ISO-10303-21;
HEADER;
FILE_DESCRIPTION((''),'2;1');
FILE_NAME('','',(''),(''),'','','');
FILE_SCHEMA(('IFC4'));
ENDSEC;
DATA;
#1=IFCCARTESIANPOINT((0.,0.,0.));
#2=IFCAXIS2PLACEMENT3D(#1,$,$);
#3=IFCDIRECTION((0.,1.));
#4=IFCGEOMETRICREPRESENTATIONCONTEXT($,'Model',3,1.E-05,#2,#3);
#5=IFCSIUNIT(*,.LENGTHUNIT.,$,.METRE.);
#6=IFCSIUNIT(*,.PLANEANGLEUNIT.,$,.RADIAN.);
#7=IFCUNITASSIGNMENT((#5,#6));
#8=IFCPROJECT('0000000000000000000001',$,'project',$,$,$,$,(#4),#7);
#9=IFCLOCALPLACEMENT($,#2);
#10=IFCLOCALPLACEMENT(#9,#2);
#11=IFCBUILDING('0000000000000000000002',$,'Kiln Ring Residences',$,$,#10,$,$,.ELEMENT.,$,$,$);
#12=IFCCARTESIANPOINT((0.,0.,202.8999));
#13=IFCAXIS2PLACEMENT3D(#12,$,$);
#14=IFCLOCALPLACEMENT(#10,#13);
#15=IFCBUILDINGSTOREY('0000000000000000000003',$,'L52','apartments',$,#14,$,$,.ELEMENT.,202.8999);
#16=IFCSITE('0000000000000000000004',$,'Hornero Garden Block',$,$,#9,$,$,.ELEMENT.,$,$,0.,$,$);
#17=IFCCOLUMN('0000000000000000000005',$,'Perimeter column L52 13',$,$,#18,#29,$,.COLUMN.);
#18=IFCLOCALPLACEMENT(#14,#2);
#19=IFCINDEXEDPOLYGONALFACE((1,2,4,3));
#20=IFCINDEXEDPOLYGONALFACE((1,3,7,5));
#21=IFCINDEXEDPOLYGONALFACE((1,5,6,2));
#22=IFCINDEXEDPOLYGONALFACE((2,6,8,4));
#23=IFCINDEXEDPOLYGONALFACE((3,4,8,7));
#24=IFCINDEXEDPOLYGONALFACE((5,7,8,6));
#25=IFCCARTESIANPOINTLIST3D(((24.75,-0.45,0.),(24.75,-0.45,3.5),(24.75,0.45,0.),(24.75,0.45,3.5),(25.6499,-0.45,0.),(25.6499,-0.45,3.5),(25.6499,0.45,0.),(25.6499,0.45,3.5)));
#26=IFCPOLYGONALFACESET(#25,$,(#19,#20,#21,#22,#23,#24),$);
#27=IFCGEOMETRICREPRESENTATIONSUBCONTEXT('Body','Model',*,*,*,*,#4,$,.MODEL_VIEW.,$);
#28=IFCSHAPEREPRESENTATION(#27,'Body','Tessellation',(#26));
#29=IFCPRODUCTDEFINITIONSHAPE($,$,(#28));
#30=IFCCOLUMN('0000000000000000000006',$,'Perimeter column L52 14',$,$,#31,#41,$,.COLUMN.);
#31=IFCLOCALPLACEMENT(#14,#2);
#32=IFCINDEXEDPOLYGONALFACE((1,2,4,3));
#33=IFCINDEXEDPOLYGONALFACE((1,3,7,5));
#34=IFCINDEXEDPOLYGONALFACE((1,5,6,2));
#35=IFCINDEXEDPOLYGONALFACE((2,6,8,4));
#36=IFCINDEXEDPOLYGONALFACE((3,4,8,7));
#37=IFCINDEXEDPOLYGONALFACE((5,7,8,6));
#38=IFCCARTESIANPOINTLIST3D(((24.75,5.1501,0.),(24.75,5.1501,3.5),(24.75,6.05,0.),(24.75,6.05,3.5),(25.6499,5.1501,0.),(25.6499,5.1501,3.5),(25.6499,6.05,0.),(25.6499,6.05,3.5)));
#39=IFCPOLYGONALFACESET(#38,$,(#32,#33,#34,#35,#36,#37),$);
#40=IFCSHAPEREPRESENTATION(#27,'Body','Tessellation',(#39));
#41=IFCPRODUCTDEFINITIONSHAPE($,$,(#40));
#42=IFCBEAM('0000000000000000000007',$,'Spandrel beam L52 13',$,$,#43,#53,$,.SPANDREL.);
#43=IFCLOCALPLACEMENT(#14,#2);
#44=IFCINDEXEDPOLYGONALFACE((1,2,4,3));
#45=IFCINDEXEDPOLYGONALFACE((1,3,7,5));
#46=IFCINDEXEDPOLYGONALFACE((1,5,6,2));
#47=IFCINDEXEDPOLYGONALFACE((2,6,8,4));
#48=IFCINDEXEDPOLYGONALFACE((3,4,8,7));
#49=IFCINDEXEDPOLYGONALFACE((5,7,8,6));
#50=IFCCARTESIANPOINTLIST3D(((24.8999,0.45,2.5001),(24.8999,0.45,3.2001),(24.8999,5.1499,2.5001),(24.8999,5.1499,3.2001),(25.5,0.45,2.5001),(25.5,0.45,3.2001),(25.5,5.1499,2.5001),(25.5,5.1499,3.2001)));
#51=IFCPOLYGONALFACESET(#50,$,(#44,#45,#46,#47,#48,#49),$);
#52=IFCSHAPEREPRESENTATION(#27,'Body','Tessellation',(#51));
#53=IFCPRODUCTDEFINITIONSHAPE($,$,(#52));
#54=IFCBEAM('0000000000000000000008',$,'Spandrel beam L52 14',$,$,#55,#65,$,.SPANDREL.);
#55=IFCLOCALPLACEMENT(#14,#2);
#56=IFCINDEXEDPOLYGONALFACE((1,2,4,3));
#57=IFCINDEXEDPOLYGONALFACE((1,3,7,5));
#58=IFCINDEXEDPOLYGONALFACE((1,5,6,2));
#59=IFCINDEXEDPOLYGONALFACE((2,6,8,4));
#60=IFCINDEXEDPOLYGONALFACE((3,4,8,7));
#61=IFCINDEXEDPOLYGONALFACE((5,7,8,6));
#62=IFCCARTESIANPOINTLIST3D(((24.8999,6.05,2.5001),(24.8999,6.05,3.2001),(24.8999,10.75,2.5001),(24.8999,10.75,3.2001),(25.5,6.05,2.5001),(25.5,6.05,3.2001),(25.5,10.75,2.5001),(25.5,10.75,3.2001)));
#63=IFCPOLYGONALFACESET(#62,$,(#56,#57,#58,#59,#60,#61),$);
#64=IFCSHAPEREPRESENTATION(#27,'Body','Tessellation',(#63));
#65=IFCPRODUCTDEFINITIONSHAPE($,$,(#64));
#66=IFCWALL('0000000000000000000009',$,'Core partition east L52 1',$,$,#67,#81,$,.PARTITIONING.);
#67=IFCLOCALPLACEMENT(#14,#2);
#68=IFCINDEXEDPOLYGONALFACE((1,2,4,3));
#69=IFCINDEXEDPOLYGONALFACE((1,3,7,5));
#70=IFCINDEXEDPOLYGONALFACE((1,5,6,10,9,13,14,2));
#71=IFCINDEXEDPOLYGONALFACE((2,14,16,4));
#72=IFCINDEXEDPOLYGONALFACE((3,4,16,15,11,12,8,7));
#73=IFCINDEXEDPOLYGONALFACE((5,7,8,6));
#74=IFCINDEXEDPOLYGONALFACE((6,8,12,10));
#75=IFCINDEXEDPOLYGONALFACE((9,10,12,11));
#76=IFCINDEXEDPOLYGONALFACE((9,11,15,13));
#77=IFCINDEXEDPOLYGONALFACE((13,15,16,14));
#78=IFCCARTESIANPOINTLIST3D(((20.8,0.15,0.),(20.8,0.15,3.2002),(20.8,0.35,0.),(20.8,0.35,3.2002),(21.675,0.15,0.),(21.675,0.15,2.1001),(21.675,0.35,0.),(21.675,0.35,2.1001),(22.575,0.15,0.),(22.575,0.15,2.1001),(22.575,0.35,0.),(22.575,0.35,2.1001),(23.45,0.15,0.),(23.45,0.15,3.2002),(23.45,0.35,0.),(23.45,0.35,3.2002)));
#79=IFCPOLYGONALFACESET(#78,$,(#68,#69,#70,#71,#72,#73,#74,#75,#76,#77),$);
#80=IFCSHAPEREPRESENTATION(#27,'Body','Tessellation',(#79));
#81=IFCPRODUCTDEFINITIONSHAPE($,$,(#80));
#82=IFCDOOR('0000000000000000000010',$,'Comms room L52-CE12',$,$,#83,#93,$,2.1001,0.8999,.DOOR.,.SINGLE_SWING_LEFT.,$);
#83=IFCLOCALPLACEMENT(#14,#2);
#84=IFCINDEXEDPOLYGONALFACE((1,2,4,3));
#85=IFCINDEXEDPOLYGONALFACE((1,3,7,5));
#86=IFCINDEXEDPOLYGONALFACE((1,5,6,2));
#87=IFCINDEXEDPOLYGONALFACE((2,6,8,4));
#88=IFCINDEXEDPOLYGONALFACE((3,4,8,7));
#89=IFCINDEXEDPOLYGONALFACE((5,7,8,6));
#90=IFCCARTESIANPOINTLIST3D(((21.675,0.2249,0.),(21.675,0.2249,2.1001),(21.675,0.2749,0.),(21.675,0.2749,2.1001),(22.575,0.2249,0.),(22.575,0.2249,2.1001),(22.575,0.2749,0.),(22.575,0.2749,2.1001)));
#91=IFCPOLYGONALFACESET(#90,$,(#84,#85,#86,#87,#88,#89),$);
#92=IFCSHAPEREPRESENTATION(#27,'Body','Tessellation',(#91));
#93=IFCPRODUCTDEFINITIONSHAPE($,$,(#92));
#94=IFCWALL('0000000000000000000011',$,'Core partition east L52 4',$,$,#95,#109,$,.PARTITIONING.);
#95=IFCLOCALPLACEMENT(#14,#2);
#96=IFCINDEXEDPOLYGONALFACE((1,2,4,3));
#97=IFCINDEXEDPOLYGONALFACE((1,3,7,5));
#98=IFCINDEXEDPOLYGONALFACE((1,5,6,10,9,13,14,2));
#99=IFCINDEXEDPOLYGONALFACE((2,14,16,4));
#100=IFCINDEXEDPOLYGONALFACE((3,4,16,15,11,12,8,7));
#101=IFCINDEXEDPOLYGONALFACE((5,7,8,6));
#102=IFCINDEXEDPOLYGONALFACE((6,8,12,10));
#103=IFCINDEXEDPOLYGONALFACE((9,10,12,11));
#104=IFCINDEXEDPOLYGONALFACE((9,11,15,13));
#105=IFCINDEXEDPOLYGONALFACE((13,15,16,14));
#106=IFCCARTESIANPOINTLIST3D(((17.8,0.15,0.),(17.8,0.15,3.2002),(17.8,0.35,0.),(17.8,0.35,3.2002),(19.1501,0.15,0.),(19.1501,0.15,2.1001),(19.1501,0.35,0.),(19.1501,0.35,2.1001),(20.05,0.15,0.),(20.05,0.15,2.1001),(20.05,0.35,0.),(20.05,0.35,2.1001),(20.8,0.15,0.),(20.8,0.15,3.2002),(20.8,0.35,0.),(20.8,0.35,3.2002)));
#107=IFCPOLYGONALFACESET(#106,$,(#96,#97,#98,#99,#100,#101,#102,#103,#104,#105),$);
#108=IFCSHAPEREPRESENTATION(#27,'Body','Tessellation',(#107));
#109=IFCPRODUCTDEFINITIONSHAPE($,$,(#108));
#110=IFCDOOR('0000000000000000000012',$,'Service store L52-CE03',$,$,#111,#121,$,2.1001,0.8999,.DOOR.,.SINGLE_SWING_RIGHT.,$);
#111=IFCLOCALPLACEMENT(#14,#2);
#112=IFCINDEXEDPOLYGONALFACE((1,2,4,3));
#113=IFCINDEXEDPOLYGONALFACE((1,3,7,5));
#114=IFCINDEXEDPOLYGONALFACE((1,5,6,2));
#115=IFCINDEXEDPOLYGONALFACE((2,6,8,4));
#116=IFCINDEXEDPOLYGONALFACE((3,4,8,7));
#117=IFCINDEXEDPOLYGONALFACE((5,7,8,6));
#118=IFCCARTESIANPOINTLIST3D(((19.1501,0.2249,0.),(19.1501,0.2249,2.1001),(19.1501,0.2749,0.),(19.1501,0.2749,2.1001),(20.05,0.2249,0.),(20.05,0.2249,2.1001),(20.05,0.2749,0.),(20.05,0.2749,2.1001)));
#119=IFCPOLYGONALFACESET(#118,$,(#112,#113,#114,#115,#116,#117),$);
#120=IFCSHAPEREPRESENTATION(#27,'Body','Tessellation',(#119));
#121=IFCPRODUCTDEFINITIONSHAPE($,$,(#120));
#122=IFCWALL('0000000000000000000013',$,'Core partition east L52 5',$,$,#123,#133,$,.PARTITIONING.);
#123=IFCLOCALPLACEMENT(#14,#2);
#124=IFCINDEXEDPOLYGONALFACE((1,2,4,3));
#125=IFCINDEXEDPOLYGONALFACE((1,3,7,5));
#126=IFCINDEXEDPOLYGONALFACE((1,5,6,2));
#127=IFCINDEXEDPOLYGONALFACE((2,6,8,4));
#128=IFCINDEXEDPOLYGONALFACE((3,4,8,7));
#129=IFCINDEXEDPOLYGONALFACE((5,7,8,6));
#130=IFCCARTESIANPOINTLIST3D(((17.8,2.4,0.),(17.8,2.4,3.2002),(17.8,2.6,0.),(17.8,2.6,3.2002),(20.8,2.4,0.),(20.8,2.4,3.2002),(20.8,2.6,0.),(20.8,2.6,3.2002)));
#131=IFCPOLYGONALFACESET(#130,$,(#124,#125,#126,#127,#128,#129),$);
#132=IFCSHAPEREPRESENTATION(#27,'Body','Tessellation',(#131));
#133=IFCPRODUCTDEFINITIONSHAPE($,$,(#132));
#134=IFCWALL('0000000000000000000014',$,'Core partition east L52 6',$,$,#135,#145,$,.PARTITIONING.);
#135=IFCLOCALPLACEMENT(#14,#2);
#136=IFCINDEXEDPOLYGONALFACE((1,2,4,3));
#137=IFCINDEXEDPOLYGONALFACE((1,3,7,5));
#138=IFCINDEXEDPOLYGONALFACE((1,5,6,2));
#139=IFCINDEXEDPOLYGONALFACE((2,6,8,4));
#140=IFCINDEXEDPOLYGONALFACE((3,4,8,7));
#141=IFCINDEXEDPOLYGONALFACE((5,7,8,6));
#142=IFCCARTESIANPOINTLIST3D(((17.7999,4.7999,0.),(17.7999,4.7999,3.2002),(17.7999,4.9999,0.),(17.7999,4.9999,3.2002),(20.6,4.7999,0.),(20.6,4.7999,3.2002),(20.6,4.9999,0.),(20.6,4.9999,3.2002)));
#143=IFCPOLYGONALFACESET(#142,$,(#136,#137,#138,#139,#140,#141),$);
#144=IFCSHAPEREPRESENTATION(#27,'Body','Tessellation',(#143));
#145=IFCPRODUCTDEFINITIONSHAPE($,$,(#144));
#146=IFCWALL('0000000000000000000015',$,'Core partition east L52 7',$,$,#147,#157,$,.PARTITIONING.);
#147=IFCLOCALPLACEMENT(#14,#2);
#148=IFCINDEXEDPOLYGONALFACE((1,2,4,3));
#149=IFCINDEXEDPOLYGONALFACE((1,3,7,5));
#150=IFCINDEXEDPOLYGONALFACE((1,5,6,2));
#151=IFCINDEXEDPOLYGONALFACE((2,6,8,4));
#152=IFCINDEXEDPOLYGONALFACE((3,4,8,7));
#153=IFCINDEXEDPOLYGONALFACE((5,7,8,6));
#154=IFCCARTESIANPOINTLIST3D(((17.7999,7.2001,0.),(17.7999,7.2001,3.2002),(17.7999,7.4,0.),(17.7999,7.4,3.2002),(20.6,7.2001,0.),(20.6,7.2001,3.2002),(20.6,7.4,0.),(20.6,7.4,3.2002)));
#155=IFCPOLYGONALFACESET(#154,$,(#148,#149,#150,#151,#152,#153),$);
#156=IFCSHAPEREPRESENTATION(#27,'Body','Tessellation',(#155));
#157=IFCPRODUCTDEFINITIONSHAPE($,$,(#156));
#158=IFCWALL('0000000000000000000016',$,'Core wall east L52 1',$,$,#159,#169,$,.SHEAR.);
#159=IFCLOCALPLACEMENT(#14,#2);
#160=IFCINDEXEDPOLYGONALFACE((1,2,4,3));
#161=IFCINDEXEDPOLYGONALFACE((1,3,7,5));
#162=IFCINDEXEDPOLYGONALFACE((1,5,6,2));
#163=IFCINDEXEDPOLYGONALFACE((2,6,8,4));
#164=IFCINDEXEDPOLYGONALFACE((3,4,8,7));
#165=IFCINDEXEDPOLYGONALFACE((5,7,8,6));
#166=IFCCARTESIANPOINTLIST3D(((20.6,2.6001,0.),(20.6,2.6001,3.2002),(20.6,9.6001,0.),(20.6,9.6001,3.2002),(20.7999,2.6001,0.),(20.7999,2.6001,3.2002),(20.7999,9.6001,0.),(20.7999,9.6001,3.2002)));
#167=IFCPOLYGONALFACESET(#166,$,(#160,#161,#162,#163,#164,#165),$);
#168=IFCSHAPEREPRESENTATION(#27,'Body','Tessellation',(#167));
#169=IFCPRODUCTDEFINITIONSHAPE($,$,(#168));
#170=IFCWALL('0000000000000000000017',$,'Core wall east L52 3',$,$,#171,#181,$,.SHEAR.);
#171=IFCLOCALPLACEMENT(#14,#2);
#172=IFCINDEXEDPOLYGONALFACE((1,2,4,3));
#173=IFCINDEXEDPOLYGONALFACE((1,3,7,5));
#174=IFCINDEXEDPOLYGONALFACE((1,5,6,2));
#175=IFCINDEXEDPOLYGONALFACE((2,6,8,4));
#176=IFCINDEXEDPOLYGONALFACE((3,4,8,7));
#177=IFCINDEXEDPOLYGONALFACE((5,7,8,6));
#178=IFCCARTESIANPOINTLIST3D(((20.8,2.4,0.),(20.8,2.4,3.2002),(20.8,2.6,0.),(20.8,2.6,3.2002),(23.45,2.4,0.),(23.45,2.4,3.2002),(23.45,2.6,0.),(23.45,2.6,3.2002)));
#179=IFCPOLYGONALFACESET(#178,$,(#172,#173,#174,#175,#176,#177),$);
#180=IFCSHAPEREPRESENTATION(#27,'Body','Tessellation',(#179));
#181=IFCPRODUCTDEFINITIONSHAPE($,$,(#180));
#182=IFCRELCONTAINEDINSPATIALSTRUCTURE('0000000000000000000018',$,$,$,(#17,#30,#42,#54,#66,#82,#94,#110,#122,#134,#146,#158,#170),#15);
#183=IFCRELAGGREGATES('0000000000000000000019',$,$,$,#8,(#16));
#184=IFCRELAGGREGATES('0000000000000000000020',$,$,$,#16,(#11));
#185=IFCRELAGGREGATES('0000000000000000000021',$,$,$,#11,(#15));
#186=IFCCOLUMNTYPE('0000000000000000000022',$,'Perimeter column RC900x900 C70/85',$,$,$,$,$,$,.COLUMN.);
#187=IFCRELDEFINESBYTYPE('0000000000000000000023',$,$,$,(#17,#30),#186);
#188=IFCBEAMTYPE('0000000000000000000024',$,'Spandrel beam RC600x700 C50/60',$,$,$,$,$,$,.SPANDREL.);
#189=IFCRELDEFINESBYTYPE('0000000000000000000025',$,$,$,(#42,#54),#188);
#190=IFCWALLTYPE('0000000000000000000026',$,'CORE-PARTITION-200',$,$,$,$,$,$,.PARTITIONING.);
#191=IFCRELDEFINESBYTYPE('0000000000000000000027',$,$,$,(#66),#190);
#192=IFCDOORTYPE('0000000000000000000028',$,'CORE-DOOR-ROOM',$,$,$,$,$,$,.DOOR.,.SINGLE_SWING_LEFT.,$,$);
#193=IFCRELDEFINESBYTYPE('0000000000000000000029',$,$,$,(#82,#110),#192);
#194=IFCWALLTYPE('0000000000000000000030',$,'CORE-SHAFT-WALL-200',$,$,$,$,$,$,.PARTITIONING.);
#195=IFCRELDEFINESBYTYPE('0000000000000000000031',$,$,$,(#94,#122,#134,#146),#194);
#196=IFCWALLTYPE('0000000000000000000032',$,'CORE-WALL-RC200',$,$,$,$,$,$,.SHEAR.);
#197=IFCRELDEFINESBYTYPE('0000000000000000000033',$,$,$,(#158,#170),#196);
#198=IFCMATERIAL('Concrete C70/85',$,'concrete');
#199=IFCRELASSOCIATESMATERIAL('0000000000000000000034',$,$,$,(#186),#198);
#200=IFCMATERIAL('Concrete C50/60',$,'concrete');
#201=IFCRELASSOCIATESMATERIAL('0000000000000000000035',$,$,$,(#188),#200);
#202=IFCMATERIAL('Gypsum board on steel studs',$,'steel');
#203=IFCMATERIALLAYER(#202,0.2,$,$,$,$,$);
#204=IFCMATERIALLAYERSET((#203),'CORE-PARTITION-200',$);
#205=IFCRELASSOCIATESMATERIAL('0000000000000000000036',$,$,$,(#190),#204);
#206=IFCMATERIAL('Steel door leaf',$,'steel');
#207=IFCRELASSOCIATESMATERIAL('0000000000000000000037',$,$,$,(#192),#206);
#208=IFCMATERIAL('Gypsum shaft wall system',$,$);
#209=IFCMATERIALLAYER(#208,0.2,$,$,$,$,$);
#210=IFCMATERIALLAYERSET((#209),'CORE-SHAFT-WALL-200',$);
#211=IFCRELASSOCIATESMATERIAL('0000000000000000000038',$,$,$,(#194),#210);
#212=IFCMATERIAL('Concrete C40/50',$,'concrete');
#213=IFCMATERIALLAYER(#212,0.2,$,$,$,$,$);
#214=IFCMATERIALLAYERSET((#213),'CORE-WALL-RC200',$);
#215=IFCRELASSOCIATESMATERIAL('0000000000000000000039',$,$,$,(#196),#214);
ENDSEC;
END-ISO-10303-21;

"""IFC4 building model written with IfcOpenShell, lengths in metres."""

from ifc_helpers import new_model, si_unit, direction, frame, frame_2d, origin, origin_2d, place, context, subcontext, project, spatial, rectangle, extrude, material, layer, layer_set, material_profile, profile_set, type_object, element, fill, save


model = new_model("IFC4")

# Units and contexts
model_context = context("Model", 3, precision=1e-05, world=origin(), true_north=direction((0.0, 1.0)))
body_context = subcontext(model_context, "Body", "Model", "MODEL_VIEW")
ifc_project = project(units=[si_unit("LENGTHUNIT", "METRE"), si_unit("PLANEANGLEUNIT", "RADIAN")], contexts=[model_context])

# Site, building, storey
site_placement = place(None, origin())
site = spatial("IfcSite", under=ifc_project, at=site_placement, Name="Hornero Garden Block", CompositionType="ELEMENT", RefElevation=0.0)
building_placement = place(site_placement, origin())
building = spatial("IfcBuilding", under=site, at=building_placement, Name="Kiln Ring Residences", CompositionType="ELEMENT")
storey_placement = place(building_placement, frame((0.0, 0.0, 202.8999)))
storey = spatial("IfcBuildingStorey", under=building, at=storey_placement, Name="L52", Description="apartments", CompositionType="ELEMENT", Elevation=202.8999)

# Columns
ifc_material_1 = material(Name="Concrete C70/85", Category="concrete")
ifc_material_profile_1 = material_profile(ifc_material_1, rectangle(XDim=0.8999, YDim=0.8999, at=origin_2d()), Name="RC900x900")
ifc_profile_set_1 = profile_set([ifc_material_profile_1], Name="Concrete C70/85")
column_type = type_object("IfcColumnType", Name="Perimeter column RC900x900 C70/85", PredefinedType="COLUMN", material=ifc_profile_set_1)
for number, where, z_axis, x_axis, name in (
    (1, (25.2, 0.0, 0.0), (0.0, 0.0, 1.0), (1.0, 0.0, 0.0), "Perimeter column L52 13"),
    (2, (25.2, 5.6001, 0.0), (0.0, 0.0, 1.0), (1.0, 0.0, 0.0), "Perimeter column L52 14"),
):
    element("IfcColumn", number, at=place(storey_placement, frame(where, z_axis=z_axis, x_axis=x_axis)), inside=storey, type_object=column_type, Name=name, PredefinedType="COLUMN", context=body_context, shape_type="SweptSolid", body=[
        extrude(rectangle(XDim=0.8999, YDim=0.8999, at=origin_2d()), origin(), (0.0, 0.0, 1.0), 3.5),
    ])

# Beams
ifc_material_2 = material(Name="Concrete C50/60", Category="concrete")
ifc_material_profile_2 = material_profile(ifc_material_2, rectangle(XDim=0.6001, YDim=0.7, at=origin_2d()), Name="RC600x700")
ifc_profile_set_2 = profile_set([ifc_material_profile_2], Name="Concrete C50/60")
beam_type = type_object("IfcBeamType", Name="Spandrel beam RC600x700 C50/60", PredefinedType="SPANDREL", material=ifc_profile_set_2)
for number, where, z_axis, x_axis, name in (
    (3, (25.2, 0.45, 2.8501), (0.0, 1.0, 0.0), (-1.0, 0.0, 0.0), "Spandrel beam L52 13"),
    (4, (25.2, 6.05, 2.8501), (0.0, 1.0, 0.0), (-1.0, 0.0, 0.0), "Spandrel beam L52 14"),
):
    element("IfcBeam", number, at=place(storey_placement, frame(where, z_axis=z_axis, x_axis=x_axis)), inside=storey, type_object=beam_type, Name=name, PredefinedType="SPANDREL", context=body_context, shape_type="SweptSolid", body=[
        extrude(rectangle(XDim=0.6001, YDim=0.7, at=origin_2d()), origin(), (0.0, 0.0, 1.0), 4.7),
    ])

# Walls, openings, doors
ifc_material_3 = material(Name="Gypsum board on steel studs", Category="steel")
ifc_layer_1 = layer(ifc_material_3, 0.2)
ifc_layer_set_1 = layer_set([ifc_layer_1], Name="CORE-PARTITION-200")
wall_type_1 = type_object("IfcWallType", Name="CORE-PARTITION-200", PredefinedType="PARTITIONING", material=ifc_layer_set_1)
wall_1_placement = place(storey_placement, frame((20.8, 0.25, 0.0), z_axis=(0.0, 0.0, 1.0), x_axis=(1.0, 0.0, 0.0)))
wall_1 = element("IfcWall", 5, at=wall_1_placement, inside=storey, type_object=wall_type_1, Name="Core partition east L52 1", PredefinedType="PARTITIONING", context=body_context, shape_type="SweptSolid", body=[
    extrude(rectangle(XDim=2.6499, YDim=0.2, at=frame_2d((1.325, 0.0))), origin(), (0.0, 0.0, 1.0), 3.2002),
])
opening_1_placement = place(wall_1_placement, frame((0.875, 0.0, 0.0)))
opening_1 = element("IfcOpeningElement", 6, at=opening_1_placement, cuts=wall_1, PredefinedType="OPENING", context=body_context, shape_type="SweptSolid", body=[
    extrude(rectangle(XDim=0.8999, YDim=2.1001, at=frame_2d((0.45, 1.05))), frame((0.0, 0.1099, 0.0), z_axis=(0.0, -1.0, 0.0), x_axis=(1.0, 0.0, 0.0)), (0.0, 0.0, 1.0), 0.22),
])
ifc_material_4 = material(Name="Steel door leaf", Category="steel")
door_type = type_object("IfcDoorType", Name="CORE-DOOR-ROOM", OperationType="SINGLE_SWING_LEFT", PredefinedType="DOOR", material=ifc_material_4)
door_1_placement = place(opening_1_placement, origin())
door_1 = element("IfcDoor", 7, at=door_1_placement, inside=storey, type_object=door_type, Name="Comms room L52-CE12", OperationType="SINGLE_SWING_LEFT", OverallHeight=2.1001, OverallWidth=0.8999, PredefinedType="DOOR", context=body_context, shape_type="SweptSolid", body=[
    extrude(rectangle(XDim=0.8999, YDim=2.1001, at=frame_2d((0.45, 1.05))), frame((0.0, 0.0249, 0.0), z_axis=(0.0, -1.0, 0.0), x_axis=(1.0, 0.0, 0.0)), (0.0, 0.0, 1.0), 0.05),
])
fill(opening_1, door_1)
ifc_material_5 = material(Name="Gypsum shaft wall system")
ifc_layer_2 = layer(ifc_material_5, 0.2)
ifc_layer_set_2 = layer_set([ifc_layer_2], Name="CORE-SHAFT-WALL-200")
wall_type_2 = type_object("IfcWallType", Name="CORE-SHAFT-WALL-200", PredefinedType="PARTITIONING", material=ifc_layer_set_2)
wall_2_placement = place(storey_placement, frame((17.8, 0.25, 0.0), z_axis=(0.0, 0.0, 1.0), x_axis=(1.0, 0.0, 0.0)))
wall_2 = element("IfcWall", 8, at=wall_2_placement, inside=storey, type_object=wall_type_2, Name="Core partition east L52 4", PredefinedType="PARTITIONING", context=body_context, shape_type="SweptSolid", body=[
    extrude(rectangle(XDim=3.0, YDim=0.2, at=frame_2d((1.5, 0.0))), origin(), (0.0, 0.0, 1.0), 3.2002),
])
opening_2_placement = place(wall_2_placement, frame((1.3501, 0.0, 0.0)))
opening_2 = element("IfcOpeningElement", 9, at=opening_2_placement, cuts=wall_2, PredefinedType="OPENING", context=body_context, shape_type="SweptSolid", body=[
    extrude(rectangle(XDim=0.8999, YDim=2.1001, at=frame_2d((0.45, 1.05))), frame((0.0, 0.1099, 0.0), z_axis=(0.0, -1.0, 0.0), x_axis=(1.0, 0.0, 0.0)), (0.0, 0.0, 1.0), 0.22),
])
door_2_placement = place(opening_2_placement, origin())
door_2 = element("IfcDoor", 10, at=door_2_placement, inside=storey, type_object=door_type, Name="Service store L52-CE03", OperationType="SINGLE_SWING_RIGHT", OverallHeight=2.1001, OverallWidth=0.8999, PredefinedType="DOOR", context=body_context, shape_type="SweptSolid", body=[
    extrude(rectangle(XDim=0.8999, YDim=2.1001, at=frame_2d((0.45, 1.05))), frame((0.0, 0.0249, 0.0), z_axis=(0.0, -1.0, 0.0), x_axis=(1.0, 0.0, 0.0)), (0.0, 0.0, 1.0), 0.05),
])
fill(opening_2, door_2)

# Walls
wall_3_placement = place(storey_placement, frame((17.8, 2.5, 0.0), z_axis=(0.0, 0.0, 1.0), x_axis=(1.0, 0.0, 0.0)))
element("IfcWall", 11, at=wall_3_placement, inside=storey, type_object=wall_type_2, Name="Core partition east L52 5", PredefinedType="PARTITIONING", context=body_context, shape_type="SweptSolid", body=[
    extrude(rectangle(XDim=3.0, YDim=0.2, at=frame_2d((1.5, 0.0))), origin(), (0.0, 0.0, 1.0), 3.2002),
])
for number, where, z_axis, x_axis, name in (
    (12, (17.8, 4.8999, 0.0), (0.0, 0.0, 1.0), (1.0, 0.0, 0.0), "Core partition east L52 6"),
    (13, (17.8, 7.3, 0.0), (0.0, 0.0, 1.0), (1.0, 0.0, 0.0), "Core partition east L52 7"),
):
    element("IfcWall", number, at=place(storey_placement, frame(where, z_axis=z_axis, x_axis=x_axis)), inside=storey, type_object=wall_type_2, Name=name, PredefinedType="PARTITIONING", context=body_context, shape_type="SweptSolid", body=[
        extrude(rectangle(XDim=2.8, YDim=0.2, at=frame_2d((1.3999, 0.0))), origin(), (0.0, 0.0, 1.0), 3.2002),
    ])
ifc_material_6 = material(Name="Concrete C40/50", Category="concrete")
ifc_layer_3 = layer(ifc_material_6, 0.2)
ifc_layer_set_3 = layer_set([ifc_layer_3], Name="CORE-WALL-RC200")
wall_type_3 = type_object("IfcWallType", Name="CORE-WALL-RC200", PredefinedType="SHEAR", material=ifc_layer_set_3)
wall_4_placement = place(storey_placement, frame((20.7, 2.6001, 0.0), z_axis=(0.0, 0.0, 1.0), x_axis=(0.0, 1.0, 0.0)))
element("IfcWall", 14, at=wall_4_placement, inside=storey, type_object=wall_type_3, Name="Core wall east L52 1", PredefinedType="SHEAR", context=body_context, shape_type="SweptSolid", body=[
    extrude(rectangle(XDim=7.0, YDim=0.2, at=frame_2d((3.5, 0.0))), origin(), (0.0, 0.0, 1.0), 3.2002),
])
wall_5_placement = place(storey_placement, frame((20.8, 2.5, 0.0), z_axis=(0.0, 0.0, 1.0), x_axis=(1.0, 0.0, 0.0)))
element("IfcWall", 15, at=wall_5_placement, inside=storey, type_object=wall_type_3, Name="Core wall east L52 3", PredefinedType="SHEAR", context=body_context, shape_type="SweptSolid", body=[
    extrude(rectangle(XDim=2.6499, YDim=0.2, at=frame_2d((1.325, 0.0))), origin(), (0.0, 0.0, 1.0), 3.2002),
])

save(model, "model.ifc")
